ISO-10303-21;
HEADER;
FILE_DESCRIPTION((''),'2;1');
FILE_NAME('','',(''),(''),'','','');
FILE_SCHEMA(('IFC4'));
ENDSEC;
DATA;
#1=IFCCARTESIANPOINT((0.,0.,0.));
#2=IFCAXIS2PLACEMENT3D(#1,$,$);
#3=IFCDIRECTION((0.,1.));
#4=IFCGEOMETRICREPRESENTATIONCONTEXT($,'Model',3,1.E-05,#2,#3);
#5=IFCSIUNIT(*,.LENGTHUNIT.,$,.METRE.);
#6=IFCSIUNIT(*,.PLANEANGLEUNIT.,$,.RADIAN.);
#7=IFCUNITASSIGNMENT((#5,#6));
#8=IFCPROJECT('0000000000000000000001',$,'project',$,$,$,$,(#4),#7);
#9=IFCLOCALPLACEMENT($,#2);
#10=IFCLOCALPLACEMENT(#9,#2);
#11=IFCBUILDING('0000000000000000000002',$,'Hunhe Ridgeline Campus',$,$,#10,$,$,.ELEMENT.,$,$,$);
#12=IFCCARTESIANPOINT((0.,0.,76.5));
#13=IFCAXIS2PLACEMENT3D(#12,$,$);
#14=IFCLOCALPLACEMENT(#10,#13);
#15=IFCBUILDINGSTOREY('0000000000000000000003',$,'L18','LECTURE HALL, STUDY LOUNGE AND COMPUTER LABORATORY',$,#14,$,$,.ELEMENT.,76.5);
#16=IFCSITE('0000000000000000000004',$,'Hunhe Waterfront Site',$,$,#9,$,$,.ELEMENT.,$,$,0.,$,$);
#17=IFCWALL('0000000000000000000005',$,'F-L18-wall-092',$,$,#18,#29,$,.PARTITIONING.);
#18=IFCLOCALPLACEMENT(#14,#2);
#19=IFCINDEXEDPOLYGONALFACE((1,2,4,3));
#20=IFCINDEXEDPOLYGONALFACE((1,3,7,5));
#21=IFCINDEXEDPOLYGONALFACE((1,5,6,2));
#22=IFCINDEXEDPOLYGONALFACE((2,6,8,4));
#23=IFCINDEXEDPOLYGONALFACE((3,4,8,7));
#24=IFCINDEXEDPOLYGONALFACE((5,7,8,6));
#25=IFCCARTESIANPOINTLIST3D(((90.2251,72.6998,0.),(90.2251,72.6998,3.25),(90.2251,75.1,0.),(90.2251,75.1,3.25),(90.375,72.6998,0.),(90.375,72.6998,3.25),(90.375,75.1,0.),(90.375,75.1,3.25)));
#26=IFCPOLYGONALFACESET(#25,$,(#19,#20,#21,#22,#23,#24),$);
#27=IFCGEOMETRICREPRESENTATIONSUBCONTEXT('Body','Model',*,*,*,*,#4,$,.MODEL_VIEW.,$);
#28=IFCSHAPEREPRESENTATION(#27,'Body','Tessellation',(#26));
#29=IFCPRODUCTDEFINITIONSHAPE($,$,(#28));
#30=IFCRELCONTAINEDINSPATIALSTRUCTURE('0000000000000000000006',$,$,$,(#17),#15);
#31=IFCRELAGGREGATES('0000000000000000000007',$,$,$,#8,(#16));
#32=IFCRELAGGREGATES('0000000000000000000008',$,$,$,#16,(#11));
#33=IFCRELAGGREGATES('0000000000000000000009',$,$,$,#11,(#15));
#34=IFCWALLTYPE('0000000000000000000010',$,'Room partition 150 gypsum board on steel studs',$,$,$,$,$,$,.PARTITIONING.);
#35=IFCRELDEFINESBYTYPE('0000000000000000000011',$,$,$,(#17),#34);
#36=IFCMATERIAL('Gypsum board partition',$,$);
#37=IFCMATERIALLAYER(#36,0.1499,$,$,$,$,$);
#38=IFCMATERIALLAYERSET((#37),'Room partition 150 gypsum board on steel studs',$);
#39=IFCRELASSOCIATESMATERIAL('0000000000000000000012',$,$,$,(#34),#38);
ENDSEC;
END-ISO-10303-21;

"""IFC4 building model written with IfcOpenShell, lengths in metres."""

from ifc_helpers import new_model, si_unit, direction, frame, frame_2d, origin, place, context, subcontext, project, spatial, rectangle, extrude, material, layer, layer_set, type_object, element, save


model = new_model("IFC4")

# Units and contexts
model_context = context("Model", 3, precision=1e-05, world=origin(), true_north=direction((0.0, 1.0)))
body_context = subcontext(model_context, "Body", "Model", "MODEL_VIEW")
ifc_project = project(units=[si_unit("LENGTHUNIT", "METRE"), si_unit("PLANEANGLEUNIT", "RADIAN")], contexts=[model_context])

# Site, building, storey
site_placement = place(None, origin())
site = spatial("IfcSite", under=ifc_project, at=site_placement, Name="Hunhe Waterfront Site", CompositionType="ELEMENT", RefElevation=0.0)
building_placement = place(site_placement, origin())
building = spatial("IfcBuilding", under=site, at=building_placement, Name="Hunhe Ridgeline Campus", CompositionType="ELEMENT")
storey_placement = place(building_placement, frame((0.0, 0.0, 76.5)))
storey = spatial("IfcBuildingStorey", under=building, at=storey_placement, Name="L18", Description="LECTURE HALL, STUDY LOUNGE AND COMPUTER LABORATORY", CompositionType="ELEMENT", Elevation=76.5)

# Shared definitions
ifc_material_1 = material(Name="Gypsum board partition")

# Wall
ifc_layer_1 = layer(ifc_material_1, 0.1499)
ifc_layer_set_1 = layer_set([ifc_layer_1], Name="Room partition 150 gypsum board on steel studs")
wall_type_1 = type_object("IfcWallType", Name="Room partition 150 gypsum board on steel studs", PredefinedType="PARTITIONING", material=ifc_layer_set_1)
wall_1_placement = place(storey_placement, frame((90.3, 75.1001, 0.0), z_axis=(0.0, 0.0, 1.0), x_axis=(0.0, -1.0, 0.0)))
element("IfcWall", 1, at=wall_1_placement, inside=storey, type_object=wall_type_1, Name="F-L18-wall-092", PredefinedType="PARTITIONING", context=body_context, shape_type="SweptSolid", body=[
    extrude(rectangle(XDim=2.4001, YDim=0.1499, at=frame_2d((1.2002, 0.0))), origin(), (0.0, 0.0, 1.0), 3.25),
])

save(model, "model.ifc")
